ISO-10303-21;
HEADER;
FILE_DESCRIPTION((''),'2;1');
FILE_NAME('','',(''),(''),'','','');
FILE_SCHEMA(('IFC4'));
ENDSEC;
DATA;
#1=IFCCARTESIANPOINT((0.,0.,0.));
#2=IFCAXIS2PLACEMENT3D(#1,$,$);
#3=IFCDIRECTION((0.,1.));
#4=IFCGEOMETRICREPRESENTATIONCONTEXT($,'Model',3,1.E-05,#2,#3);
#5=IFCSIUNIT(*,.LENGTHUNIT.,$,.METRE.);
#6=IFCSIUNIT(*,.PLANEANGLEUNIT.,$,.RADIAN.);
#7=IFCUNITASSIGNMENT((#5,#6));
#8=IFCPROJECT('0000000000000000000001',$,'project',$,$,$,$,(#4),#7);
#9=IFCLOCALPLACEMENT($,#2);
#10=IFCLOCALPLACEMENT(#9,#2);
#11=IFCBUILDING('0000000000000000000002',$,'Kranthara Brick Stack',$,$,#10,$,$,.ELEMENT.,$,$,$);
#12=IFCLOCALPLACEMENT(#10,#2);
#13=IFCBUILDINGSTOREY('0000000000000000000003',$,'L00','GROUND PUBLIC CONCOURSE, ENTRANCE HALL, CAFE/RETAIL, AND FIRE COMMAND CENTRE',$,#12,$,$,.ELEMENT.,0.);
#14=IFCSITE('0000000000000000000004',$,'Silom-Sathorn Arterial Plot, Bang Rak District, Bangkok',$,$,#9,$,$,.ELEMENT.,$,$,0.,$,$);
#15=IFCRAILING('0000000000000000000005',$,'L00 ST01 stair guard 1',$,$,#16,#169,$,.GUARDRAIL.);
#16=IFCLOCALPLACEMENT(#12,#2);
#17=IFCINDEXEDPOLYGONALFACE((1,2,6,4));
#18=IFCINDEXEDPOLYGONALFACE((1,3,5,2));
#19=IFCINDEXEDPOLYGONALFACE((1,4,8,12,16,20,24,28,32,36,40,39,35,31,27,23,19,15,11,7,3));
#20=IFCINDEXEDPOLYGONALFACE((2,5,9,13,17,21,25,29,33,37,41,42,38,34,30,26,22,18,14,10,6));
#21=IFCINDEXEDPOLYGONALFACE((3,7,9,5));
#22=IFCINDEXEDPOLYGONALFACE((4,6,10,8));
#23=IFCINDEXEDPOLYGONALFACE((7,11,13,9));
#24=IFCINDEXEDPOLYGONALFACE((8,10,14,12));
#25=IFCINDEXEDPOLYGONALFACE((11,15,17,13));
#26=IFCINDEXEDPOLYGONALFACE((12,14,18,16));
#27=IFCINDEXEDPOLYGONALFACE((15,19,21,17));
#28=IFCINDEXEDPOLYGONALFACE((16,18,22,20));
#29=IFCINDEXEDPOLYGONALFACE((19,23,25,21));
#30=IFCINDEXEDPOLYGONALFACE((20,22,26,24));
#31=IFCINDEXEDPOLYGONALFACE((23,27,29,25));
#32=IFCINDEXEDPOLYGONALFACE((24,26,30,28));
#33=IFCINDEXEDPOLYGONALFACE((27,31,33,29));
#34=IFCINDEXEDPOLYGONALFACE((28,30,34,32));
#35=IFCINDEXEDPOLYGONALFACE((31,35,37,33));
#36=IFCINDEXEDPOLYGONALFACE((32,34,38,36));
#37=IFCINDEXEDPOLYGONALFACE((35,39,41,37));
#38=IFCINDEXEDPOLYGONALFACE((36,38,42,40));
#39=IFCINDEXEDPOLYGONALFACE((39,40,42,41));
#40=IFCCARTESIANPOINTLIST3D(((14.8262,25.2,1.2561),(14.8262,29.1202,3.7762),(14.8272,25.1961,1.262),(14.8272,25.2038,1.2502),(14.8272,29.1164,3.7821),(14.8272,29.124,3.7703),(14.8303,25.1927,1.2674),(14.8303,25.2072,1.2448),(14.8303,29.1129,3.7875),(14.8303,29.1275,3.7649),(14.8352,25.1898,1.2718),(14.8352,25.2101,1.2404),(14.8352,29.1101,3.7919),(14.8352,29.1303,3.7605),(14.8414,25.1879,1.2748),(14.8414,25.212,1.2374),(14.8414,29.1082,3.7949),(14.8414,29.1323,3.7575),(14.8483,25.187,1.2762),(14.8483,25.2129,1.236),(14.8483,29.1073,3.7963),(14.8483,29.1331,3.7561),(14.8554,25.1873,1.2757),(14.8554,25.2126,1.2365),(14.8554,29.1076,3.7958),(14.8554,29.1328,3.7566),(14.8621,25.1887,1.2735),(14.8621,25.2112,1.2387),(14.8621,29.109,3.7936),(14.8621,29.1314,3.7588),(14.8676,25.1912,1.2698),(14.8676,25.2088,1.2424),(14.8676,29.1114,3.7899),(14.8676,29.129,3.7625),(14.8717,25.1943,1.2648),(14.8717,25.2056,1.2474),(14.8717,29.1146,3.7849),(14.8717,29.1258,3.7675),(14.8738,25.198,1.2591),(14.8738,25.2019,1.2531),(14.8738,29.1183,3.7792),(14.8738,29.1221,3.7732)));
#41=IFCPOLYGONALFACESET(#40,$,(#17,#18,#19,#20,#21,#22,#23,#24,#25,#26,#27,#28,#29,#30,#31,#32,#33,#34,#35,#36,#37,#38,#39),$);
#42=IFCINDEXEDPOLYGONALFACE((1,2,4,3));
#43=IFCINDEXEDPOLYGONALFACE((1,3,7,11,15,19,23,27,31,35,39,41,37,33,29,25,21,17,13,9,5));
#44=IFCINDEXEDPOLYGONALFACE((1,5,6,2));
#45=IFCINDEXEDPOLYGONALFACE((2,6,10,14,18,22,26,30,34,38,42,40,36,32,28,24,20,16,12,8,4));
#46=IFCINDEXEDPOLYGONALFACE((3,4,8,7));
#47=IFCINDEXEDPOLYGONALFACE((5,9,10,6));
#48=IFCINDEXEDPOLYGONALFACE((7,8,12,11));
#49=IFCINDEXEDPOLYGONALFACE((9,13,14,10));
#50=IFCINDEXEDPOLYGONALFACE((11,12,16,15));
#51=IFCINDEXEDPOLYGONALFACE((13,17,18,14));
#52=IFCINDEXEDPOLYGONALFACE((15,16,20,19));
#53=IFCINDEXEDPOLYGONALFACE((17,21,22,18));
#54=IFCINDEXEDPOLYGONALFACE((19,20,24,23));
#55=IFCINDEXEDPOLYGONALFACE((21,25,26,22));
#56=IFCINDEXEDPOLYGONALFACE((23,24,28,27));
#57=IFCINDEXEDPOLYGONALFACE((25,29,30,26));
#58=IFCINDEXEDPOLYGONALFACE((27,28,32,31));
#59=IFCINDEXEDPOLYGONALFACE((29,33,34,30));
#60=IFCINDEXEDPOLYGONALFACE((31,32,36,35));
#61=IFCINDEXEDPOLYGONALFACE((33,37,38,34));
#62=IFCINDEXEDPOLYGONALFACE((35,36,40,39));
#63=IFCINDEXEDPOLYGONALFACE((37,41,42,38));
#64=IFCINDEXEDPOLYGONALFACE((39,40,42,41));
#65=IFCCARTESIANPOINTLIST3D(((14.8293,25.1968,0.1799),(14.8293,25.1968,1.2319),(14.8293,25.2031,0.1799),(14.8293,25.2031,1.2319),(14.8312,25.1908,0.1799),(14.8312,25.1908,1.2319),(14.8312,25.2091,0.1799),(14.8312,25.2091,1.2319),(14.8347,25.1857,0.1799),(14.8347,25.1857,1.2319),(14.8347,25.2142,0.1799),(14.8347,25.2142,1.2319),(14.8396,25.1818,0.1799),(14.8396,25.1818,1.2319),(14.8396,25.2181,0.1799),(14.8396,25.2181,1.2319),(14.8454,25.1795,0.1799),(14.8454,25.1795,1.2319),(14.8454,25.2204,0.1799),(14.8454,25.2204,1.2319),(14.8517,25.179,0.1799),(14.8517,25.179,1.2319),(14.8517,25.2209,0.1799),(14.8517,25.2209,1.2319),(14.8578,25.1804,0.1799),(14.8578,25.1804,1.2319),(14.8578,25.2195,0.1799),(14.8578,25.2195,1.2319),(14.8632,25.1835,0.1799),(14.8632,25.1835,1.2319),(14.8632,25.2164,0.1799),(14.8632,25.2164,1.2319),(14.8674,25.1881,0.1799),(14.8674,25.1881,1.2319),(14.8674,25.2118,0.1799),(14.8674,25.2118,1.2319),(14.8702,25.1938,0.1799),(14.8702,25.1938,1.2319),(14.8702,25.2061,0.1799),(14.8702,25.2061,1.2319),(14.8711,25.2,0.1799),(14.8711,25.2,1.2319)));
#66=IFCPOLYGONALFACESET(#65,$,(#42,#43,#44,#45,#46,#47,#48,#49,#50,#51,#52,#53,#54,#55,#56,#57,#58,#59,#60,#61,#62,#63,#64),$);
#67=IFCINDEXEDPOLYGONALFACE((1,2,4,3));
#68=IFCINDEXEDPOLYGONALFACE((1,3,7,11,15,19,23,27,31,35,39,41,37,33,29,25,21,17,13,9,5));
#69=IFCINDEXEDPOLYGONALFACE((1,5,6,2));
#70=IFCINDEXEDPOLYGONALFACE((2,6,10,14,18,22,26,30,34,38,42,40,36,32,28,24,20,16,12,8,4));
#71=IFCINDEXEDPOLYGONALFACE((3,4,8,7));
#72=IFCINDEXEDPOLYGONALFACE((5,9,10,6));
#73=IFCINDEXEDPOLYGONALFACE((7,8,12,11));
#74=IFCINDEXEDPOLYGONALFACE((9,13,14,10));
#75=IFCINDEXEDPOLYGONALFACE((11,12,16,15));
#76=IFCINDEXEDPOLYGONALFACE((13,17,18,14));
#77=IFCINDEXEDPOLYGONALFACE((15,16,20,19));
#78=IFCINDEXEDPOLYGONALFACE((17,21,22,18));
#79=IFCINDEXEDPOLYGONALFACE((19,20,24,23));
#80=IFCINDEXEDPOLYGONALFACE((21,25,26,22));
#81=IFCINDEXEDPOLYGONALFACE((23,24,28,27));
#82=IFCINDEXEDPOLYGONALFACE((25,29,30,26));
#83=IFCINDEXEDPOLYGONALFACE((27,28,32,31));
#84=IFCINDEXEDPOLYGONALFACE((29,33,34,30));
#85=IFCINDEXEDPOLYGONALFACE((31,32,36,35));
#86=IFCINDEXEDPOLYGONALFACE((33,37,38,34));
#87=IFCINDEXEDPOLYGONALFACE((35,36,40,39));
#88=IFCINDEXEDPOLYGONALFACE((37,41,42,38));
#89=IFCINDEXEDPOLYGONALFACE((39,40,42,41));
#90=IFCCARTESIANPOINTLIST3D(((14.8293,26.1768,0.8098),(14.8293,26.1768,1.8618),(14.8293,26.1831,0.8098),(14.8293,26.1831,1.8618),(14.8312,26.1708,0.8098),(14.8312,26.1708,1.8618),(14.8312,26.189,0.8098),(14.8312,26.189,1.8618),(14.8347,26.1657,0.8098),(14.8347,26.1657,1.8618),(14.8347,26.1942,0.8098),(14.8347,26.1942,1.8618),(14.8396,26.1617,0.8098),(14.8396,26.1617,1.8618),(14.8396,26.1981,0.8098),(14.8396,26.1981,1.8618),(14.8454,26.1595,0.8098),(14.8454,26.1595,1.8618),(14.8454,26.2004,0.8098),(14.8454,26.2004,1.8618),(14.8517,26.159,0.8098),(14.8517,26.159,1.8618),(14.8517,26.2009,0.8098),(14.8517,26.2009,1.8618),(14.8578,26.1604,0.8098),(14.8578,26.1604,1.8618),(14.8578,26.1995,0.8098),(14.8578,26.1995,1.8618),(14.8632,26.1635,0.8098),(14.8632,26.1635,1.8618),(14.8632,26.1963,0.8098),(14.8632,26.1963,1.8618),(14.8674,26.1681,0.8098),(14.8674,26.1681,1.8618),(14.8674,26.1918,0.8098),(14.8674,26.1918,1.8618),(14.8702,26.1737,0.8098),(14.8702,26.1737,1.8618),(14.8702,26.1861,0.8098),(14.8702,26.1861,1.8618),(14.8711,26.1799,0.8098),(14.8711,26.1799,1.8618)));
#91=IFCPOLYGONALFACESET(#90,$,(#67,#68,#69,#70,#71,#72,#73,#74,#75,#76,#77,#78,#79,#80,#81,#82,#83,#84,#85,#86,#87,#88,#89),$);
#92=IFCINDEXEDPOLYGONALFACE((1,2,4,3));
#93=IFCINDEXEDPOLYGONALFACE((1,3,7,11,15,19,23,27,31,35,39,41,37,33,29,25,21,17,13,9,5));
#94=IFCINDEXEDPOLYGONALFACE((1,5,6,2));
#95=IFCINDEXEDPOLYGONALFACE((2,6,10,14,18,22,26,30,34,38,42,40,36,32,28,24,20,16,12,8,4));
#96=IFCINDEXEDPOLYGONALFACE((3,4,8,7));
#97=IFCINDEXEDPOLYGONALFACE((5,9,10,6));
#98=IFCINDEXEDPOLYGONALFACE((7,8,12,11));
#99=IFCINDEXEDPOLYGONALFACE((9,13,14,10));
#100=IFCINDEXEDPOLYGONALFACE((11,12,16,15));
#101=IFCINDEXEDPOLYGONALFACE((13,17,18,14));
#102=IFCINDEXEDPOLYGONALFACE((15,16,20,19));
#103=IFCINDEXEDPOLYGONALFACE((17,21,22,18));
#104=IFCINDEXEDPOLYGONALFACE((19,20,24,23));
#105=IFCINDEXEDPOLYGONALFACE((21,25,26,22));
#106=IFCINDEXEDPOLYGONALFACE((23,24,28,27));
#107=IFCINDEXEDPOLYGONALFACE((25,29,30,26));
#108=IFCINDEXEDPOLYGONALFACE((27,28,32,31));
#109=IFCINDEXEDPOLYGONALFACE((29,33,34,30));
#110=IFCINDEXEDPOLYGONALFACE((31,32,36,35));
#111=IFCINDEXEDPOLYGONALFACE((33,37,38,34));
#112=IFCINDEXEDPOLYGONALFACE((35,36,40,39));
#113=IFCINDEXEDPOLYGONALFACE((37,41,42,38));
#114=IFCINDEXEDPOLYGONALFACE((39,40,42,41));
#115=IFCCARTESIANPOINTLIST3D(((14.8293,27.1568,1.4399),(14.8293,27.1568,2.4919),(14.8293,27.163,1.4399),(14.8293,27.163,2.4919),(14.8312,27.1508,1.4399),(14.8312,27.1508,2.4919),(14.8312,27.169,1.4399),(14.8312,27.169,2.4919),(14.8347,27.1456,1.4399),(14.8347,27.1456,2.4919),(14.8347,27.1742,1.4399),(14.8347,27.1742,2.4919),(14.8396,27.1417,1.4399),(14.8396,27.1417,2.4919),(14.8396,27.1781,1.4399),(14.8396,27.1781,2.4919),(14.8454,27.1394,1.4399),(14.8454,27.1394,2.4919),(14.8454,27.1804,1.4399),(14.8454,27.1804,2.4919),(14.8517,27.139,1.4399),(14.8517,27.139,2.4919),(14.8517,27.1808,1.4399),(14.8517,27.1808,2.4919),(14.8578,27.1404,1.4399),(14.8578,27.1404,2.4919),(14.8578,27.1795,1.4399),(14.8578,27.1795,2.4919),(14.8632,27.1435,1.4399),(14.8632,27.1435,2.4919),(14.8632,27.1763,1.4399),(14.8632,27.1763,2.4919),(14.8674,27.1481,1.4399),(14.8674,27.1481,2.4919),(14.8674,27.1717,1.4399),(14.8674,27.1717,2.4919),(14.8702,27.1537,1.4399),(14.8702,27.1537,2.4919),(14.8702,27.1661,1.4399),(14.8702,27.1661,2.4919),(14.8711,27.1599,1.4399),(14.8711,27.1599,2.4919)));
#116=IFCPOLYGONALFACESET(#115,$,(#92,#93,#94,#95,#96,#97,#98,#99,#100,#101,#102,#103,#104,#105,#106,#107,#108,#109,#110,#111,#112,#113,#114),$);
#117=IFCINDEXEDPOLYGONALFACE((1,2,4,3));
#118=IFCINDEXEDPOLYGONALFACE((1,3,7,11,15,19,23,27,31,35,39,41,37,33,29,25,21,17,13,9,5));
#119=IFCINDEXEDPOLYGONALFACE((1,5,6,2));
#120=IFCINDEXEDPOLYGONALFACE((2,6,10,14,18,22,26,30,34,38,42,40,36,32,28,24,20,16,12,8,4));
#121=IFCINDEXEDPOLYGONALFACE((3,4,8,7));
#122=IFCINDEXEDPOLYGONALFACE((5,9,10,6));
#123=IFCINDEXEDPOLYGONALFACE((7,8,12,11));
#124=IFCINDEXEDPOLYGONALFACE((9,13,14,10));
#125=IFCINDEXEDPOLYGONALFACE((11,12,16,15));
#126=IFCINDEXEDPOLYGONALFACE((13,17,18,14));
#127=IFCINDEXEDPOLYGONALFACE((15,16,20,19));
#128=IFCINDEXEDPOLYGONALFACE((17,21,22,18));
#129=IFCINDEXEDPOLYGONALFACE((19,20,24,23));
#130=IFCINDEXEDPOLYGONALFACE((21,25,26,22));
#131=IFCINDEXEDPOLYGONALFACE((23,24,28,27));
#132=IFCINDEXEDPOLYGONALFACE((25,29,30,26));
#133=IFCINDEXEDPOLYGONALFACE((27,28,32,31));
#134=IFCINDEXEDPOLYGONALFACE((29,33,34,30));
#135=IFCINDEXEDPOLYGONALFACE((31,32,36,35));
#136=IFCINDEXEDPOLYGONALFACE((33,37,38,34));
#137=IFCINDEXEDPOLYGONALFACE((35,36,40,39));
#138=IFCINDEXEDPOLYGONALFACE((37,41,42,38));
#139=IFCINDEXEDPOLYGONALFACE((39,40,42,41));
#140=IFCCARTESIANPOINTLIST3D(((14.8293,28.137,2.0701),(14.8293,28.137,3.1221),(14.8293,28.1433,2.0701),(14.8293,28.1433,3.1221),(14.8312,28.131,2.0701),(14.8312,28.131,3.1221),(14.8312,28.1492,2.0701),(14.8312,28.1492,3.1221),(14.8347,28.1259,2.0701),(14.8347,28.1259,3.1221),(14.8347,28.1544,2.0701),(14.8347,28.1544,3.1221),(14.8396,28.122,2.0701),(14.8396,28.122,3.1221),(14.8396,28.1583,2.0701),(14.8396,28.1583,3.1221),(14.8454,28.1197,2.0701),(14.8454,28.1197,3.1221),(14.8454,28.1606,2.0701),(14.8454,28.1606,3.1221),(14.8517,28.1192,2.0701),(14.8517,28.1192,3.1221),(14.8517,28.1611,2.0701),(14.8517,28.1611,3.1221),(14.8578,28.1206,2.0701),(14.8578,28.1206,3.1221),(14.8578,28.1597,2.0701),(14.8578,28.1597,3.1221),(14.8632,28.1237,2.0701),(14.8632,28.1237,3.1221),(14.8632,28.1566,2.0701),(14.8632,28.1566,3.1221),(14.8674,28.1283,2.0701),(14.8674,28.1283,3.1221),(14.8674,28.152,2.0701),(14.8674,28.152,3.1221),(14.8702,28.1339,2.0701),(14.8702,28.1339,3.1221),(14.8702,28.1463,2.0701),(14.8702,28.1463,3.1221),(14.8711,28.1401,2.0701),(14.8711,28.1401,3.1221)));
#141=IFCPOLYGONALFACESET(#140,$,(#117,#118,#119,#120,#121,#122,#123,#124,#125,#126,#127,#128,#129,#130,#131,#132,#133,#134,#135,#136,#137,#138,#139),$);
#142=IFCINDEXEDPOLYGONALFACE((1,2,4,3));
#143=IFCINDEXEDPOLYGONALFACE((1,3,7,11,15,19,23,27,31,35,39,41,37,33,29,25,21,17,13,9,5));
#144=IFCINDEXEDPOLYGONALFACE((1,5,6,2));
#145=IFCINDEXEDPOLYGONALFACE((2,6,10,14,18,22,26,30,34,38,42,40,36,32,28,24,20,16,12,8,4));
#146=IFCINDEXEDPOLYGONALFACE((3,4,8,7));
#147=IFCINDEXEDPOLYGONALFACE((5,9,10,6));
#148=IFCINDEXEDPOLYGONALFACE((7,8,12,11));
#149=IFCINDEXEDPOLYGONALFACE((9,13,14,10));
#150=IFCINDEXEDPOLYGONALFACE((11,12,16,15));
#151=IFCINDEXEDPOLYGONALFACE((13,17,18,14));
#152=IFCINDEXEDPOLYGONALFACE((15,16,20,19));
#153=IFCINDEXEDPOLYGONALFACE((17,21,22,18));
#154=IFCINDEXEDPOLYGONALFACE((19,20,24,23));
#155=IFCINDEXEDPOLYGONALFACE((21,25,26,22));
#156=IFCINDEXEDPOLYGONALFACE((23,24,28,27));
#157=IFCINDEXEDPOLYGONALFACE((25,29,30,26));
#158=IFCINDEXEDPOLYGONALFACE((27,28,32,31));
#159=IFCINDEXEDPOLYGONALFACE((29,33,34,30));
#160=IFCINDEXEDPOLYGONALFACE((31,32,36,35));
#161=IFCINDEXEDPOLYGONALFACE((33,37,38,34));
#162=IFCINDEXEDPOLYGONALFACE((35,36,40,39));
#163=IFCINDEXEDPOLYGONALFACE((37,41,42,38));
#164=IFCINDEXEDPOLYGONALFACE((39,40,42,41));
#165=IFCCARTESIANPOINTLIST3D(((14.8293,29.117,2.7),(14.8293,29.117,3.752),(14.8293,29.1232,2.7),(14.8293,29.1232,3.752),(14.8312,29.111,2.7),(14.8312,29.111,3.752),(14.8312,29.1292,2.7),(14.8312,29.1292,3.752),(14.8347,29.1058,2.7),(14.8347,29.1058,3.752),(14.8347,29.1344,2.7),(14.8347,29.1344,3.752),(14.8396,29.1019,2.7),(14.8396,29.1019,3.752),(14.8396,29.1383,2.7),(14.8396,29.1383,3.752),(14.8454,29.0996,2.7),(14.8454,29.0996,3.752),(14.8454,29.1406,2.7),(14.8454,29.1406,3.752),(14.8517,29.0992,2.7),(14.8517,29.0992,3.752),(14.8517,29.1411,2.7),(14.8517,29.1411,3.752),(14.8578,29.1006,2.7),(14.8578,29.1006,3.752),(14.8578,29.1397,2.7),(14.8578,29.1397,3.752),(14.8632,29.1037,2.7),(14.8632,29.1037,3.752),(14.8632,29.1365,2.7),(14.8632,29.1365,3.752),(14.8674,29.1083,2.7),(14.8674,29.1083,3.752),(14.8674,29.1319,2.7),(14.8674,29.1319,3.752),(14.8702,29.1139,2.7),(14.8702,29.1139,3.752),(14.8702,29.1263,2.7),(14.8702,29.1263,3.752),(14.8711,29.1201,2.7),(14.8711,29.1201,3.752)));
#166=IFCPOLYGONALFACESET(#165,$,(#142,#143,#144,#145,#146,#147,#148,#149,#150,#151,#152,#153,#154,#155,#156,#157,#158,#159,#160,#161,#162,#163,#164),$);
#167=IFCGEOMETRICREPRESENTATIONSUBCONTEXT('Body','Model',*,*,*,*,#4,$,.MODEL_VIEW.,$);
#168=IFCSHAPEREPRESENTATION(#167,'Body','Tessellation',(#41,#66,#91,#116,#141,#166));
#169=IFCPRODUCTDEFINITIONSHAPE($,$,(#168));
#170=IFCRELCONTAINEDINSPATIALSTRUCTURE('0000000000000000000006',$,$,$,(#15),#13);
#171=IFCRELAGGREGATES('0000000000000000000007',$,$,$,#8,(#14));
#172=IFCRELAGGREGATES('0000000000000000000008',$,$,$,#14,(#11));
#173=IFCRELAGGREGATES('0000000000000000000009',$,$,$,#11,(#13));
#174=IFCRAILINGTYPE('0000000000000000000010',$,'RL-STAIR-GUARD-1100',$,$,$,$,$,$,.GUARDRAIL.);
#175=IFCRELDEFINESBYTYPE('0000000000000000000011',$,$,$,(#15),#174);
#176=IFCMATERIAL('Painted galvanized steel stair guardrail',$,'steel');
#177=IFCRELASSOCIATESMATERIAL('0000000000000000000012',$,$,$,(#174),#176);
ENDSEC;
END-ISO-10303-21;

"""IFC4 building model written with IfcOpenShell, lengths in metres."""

from ifc_helpers import new_model, si_unit, direction, frame, origin, origin_2d, place, context, subcontext, project, spatial, circle, extrude, material, type_object, element, save


model = new_model("IFC4")

# Units and contexts
model_context = context("Model", 3, precision=1e-05, world=origin(), true_north=direction((0.0, 1.0)))
body_context = subcontext(model_context, "Body", "Model", "MODEL_VIEW")
ifc_project = project(units=[si_unit("LENGTHUNIT", "METRE"), si_unit("PLANEANGLEUNIT", "RADIAN")], contexts=[model_context])

# Site, building, storey
site_placement = place(None, origin())
site = spatial("IfcSite", under=ifc_project, at=site_placement, Name="Silom-Sathorn Arterial Plot, Bang Rak District, Bangkok", CompositionType="ELEMENT", RefElevation=0.0)
building_placement = place(site_placement, origin())
building = spatial("IfcBuilding", under=site, at=building_placement, Name="Kranthara Brick Stack", CompositionType="ELEMENT")
storey_placement = place(building_placement, origin())
storey = spatial("IfcBuildingStorey", under=building, at=storey_placement, Name="L00", Description="GROUND PUBLIC CONCOURSE, ENTRANCE HALL, CAFE/RETAIL, AND FIRE COMMAND CENTRE", CompositionType="ELEMENT", Elevation=0.0)

# Railing
ifc_material_1 = material(Name="Painted galvanized steel stair guardrail", Category="steel")
railing_type_1 = type_object("IfcRailingType", Name="RL-STAIR-GUARD-1100", PredefinedType="GUARDRAIL", material=ifc_material_1)
railing_1_placement = place(storey_placement, frame((14.8501, 25.2, 0.1799)))
element("IfcRailing", 1, at=railing_1_placement, inside=storey, type_object=railing_type_1, Name="L00 ST01 stair guard 1", PredefinedType="GUARDRAIL", context=body_context, shape_type="SweptSolid", body=[
    extrude(circle(Radius=0.0239, at=origin_2d()), frame((0.0, 0.0, 1.0762), z_axis=(0.0, 0.841187, 0.540744), x_axis=(-1.0, 0.0, 0.0)), (0.0, 0.0, 1.0), 4.6604),
    extrude(circle(Radius=0.021, at=origin_2d()), origin(), (0.0, 0.0, 1.0), 1.052),
    extrude(circle(Radius=0.021, at=origin_2d()), frame((0.0, 0.98, 0.6299)), (0.0, 0.0, 1.0), 1.052),
    extrude(circle(Radius=0.021, at=origin_2d()), frame((0.0, 1.96, 1.26)), (0.0, 0.0, 1.0), 1.052),
    extrude(circle(Radius=0.021, at=origin_2d()), frame((0.0, 2.9402, 1.8901)), (0.0, 0.0, 1.0), 1.052),
    extrude(circle(Radius=0.021, at=origin_2d()), frame((0.0, 3.9202, 2.52)), (0.0, 0.0, 1.0), 1.052),
])

save(model, "model.ifc")
